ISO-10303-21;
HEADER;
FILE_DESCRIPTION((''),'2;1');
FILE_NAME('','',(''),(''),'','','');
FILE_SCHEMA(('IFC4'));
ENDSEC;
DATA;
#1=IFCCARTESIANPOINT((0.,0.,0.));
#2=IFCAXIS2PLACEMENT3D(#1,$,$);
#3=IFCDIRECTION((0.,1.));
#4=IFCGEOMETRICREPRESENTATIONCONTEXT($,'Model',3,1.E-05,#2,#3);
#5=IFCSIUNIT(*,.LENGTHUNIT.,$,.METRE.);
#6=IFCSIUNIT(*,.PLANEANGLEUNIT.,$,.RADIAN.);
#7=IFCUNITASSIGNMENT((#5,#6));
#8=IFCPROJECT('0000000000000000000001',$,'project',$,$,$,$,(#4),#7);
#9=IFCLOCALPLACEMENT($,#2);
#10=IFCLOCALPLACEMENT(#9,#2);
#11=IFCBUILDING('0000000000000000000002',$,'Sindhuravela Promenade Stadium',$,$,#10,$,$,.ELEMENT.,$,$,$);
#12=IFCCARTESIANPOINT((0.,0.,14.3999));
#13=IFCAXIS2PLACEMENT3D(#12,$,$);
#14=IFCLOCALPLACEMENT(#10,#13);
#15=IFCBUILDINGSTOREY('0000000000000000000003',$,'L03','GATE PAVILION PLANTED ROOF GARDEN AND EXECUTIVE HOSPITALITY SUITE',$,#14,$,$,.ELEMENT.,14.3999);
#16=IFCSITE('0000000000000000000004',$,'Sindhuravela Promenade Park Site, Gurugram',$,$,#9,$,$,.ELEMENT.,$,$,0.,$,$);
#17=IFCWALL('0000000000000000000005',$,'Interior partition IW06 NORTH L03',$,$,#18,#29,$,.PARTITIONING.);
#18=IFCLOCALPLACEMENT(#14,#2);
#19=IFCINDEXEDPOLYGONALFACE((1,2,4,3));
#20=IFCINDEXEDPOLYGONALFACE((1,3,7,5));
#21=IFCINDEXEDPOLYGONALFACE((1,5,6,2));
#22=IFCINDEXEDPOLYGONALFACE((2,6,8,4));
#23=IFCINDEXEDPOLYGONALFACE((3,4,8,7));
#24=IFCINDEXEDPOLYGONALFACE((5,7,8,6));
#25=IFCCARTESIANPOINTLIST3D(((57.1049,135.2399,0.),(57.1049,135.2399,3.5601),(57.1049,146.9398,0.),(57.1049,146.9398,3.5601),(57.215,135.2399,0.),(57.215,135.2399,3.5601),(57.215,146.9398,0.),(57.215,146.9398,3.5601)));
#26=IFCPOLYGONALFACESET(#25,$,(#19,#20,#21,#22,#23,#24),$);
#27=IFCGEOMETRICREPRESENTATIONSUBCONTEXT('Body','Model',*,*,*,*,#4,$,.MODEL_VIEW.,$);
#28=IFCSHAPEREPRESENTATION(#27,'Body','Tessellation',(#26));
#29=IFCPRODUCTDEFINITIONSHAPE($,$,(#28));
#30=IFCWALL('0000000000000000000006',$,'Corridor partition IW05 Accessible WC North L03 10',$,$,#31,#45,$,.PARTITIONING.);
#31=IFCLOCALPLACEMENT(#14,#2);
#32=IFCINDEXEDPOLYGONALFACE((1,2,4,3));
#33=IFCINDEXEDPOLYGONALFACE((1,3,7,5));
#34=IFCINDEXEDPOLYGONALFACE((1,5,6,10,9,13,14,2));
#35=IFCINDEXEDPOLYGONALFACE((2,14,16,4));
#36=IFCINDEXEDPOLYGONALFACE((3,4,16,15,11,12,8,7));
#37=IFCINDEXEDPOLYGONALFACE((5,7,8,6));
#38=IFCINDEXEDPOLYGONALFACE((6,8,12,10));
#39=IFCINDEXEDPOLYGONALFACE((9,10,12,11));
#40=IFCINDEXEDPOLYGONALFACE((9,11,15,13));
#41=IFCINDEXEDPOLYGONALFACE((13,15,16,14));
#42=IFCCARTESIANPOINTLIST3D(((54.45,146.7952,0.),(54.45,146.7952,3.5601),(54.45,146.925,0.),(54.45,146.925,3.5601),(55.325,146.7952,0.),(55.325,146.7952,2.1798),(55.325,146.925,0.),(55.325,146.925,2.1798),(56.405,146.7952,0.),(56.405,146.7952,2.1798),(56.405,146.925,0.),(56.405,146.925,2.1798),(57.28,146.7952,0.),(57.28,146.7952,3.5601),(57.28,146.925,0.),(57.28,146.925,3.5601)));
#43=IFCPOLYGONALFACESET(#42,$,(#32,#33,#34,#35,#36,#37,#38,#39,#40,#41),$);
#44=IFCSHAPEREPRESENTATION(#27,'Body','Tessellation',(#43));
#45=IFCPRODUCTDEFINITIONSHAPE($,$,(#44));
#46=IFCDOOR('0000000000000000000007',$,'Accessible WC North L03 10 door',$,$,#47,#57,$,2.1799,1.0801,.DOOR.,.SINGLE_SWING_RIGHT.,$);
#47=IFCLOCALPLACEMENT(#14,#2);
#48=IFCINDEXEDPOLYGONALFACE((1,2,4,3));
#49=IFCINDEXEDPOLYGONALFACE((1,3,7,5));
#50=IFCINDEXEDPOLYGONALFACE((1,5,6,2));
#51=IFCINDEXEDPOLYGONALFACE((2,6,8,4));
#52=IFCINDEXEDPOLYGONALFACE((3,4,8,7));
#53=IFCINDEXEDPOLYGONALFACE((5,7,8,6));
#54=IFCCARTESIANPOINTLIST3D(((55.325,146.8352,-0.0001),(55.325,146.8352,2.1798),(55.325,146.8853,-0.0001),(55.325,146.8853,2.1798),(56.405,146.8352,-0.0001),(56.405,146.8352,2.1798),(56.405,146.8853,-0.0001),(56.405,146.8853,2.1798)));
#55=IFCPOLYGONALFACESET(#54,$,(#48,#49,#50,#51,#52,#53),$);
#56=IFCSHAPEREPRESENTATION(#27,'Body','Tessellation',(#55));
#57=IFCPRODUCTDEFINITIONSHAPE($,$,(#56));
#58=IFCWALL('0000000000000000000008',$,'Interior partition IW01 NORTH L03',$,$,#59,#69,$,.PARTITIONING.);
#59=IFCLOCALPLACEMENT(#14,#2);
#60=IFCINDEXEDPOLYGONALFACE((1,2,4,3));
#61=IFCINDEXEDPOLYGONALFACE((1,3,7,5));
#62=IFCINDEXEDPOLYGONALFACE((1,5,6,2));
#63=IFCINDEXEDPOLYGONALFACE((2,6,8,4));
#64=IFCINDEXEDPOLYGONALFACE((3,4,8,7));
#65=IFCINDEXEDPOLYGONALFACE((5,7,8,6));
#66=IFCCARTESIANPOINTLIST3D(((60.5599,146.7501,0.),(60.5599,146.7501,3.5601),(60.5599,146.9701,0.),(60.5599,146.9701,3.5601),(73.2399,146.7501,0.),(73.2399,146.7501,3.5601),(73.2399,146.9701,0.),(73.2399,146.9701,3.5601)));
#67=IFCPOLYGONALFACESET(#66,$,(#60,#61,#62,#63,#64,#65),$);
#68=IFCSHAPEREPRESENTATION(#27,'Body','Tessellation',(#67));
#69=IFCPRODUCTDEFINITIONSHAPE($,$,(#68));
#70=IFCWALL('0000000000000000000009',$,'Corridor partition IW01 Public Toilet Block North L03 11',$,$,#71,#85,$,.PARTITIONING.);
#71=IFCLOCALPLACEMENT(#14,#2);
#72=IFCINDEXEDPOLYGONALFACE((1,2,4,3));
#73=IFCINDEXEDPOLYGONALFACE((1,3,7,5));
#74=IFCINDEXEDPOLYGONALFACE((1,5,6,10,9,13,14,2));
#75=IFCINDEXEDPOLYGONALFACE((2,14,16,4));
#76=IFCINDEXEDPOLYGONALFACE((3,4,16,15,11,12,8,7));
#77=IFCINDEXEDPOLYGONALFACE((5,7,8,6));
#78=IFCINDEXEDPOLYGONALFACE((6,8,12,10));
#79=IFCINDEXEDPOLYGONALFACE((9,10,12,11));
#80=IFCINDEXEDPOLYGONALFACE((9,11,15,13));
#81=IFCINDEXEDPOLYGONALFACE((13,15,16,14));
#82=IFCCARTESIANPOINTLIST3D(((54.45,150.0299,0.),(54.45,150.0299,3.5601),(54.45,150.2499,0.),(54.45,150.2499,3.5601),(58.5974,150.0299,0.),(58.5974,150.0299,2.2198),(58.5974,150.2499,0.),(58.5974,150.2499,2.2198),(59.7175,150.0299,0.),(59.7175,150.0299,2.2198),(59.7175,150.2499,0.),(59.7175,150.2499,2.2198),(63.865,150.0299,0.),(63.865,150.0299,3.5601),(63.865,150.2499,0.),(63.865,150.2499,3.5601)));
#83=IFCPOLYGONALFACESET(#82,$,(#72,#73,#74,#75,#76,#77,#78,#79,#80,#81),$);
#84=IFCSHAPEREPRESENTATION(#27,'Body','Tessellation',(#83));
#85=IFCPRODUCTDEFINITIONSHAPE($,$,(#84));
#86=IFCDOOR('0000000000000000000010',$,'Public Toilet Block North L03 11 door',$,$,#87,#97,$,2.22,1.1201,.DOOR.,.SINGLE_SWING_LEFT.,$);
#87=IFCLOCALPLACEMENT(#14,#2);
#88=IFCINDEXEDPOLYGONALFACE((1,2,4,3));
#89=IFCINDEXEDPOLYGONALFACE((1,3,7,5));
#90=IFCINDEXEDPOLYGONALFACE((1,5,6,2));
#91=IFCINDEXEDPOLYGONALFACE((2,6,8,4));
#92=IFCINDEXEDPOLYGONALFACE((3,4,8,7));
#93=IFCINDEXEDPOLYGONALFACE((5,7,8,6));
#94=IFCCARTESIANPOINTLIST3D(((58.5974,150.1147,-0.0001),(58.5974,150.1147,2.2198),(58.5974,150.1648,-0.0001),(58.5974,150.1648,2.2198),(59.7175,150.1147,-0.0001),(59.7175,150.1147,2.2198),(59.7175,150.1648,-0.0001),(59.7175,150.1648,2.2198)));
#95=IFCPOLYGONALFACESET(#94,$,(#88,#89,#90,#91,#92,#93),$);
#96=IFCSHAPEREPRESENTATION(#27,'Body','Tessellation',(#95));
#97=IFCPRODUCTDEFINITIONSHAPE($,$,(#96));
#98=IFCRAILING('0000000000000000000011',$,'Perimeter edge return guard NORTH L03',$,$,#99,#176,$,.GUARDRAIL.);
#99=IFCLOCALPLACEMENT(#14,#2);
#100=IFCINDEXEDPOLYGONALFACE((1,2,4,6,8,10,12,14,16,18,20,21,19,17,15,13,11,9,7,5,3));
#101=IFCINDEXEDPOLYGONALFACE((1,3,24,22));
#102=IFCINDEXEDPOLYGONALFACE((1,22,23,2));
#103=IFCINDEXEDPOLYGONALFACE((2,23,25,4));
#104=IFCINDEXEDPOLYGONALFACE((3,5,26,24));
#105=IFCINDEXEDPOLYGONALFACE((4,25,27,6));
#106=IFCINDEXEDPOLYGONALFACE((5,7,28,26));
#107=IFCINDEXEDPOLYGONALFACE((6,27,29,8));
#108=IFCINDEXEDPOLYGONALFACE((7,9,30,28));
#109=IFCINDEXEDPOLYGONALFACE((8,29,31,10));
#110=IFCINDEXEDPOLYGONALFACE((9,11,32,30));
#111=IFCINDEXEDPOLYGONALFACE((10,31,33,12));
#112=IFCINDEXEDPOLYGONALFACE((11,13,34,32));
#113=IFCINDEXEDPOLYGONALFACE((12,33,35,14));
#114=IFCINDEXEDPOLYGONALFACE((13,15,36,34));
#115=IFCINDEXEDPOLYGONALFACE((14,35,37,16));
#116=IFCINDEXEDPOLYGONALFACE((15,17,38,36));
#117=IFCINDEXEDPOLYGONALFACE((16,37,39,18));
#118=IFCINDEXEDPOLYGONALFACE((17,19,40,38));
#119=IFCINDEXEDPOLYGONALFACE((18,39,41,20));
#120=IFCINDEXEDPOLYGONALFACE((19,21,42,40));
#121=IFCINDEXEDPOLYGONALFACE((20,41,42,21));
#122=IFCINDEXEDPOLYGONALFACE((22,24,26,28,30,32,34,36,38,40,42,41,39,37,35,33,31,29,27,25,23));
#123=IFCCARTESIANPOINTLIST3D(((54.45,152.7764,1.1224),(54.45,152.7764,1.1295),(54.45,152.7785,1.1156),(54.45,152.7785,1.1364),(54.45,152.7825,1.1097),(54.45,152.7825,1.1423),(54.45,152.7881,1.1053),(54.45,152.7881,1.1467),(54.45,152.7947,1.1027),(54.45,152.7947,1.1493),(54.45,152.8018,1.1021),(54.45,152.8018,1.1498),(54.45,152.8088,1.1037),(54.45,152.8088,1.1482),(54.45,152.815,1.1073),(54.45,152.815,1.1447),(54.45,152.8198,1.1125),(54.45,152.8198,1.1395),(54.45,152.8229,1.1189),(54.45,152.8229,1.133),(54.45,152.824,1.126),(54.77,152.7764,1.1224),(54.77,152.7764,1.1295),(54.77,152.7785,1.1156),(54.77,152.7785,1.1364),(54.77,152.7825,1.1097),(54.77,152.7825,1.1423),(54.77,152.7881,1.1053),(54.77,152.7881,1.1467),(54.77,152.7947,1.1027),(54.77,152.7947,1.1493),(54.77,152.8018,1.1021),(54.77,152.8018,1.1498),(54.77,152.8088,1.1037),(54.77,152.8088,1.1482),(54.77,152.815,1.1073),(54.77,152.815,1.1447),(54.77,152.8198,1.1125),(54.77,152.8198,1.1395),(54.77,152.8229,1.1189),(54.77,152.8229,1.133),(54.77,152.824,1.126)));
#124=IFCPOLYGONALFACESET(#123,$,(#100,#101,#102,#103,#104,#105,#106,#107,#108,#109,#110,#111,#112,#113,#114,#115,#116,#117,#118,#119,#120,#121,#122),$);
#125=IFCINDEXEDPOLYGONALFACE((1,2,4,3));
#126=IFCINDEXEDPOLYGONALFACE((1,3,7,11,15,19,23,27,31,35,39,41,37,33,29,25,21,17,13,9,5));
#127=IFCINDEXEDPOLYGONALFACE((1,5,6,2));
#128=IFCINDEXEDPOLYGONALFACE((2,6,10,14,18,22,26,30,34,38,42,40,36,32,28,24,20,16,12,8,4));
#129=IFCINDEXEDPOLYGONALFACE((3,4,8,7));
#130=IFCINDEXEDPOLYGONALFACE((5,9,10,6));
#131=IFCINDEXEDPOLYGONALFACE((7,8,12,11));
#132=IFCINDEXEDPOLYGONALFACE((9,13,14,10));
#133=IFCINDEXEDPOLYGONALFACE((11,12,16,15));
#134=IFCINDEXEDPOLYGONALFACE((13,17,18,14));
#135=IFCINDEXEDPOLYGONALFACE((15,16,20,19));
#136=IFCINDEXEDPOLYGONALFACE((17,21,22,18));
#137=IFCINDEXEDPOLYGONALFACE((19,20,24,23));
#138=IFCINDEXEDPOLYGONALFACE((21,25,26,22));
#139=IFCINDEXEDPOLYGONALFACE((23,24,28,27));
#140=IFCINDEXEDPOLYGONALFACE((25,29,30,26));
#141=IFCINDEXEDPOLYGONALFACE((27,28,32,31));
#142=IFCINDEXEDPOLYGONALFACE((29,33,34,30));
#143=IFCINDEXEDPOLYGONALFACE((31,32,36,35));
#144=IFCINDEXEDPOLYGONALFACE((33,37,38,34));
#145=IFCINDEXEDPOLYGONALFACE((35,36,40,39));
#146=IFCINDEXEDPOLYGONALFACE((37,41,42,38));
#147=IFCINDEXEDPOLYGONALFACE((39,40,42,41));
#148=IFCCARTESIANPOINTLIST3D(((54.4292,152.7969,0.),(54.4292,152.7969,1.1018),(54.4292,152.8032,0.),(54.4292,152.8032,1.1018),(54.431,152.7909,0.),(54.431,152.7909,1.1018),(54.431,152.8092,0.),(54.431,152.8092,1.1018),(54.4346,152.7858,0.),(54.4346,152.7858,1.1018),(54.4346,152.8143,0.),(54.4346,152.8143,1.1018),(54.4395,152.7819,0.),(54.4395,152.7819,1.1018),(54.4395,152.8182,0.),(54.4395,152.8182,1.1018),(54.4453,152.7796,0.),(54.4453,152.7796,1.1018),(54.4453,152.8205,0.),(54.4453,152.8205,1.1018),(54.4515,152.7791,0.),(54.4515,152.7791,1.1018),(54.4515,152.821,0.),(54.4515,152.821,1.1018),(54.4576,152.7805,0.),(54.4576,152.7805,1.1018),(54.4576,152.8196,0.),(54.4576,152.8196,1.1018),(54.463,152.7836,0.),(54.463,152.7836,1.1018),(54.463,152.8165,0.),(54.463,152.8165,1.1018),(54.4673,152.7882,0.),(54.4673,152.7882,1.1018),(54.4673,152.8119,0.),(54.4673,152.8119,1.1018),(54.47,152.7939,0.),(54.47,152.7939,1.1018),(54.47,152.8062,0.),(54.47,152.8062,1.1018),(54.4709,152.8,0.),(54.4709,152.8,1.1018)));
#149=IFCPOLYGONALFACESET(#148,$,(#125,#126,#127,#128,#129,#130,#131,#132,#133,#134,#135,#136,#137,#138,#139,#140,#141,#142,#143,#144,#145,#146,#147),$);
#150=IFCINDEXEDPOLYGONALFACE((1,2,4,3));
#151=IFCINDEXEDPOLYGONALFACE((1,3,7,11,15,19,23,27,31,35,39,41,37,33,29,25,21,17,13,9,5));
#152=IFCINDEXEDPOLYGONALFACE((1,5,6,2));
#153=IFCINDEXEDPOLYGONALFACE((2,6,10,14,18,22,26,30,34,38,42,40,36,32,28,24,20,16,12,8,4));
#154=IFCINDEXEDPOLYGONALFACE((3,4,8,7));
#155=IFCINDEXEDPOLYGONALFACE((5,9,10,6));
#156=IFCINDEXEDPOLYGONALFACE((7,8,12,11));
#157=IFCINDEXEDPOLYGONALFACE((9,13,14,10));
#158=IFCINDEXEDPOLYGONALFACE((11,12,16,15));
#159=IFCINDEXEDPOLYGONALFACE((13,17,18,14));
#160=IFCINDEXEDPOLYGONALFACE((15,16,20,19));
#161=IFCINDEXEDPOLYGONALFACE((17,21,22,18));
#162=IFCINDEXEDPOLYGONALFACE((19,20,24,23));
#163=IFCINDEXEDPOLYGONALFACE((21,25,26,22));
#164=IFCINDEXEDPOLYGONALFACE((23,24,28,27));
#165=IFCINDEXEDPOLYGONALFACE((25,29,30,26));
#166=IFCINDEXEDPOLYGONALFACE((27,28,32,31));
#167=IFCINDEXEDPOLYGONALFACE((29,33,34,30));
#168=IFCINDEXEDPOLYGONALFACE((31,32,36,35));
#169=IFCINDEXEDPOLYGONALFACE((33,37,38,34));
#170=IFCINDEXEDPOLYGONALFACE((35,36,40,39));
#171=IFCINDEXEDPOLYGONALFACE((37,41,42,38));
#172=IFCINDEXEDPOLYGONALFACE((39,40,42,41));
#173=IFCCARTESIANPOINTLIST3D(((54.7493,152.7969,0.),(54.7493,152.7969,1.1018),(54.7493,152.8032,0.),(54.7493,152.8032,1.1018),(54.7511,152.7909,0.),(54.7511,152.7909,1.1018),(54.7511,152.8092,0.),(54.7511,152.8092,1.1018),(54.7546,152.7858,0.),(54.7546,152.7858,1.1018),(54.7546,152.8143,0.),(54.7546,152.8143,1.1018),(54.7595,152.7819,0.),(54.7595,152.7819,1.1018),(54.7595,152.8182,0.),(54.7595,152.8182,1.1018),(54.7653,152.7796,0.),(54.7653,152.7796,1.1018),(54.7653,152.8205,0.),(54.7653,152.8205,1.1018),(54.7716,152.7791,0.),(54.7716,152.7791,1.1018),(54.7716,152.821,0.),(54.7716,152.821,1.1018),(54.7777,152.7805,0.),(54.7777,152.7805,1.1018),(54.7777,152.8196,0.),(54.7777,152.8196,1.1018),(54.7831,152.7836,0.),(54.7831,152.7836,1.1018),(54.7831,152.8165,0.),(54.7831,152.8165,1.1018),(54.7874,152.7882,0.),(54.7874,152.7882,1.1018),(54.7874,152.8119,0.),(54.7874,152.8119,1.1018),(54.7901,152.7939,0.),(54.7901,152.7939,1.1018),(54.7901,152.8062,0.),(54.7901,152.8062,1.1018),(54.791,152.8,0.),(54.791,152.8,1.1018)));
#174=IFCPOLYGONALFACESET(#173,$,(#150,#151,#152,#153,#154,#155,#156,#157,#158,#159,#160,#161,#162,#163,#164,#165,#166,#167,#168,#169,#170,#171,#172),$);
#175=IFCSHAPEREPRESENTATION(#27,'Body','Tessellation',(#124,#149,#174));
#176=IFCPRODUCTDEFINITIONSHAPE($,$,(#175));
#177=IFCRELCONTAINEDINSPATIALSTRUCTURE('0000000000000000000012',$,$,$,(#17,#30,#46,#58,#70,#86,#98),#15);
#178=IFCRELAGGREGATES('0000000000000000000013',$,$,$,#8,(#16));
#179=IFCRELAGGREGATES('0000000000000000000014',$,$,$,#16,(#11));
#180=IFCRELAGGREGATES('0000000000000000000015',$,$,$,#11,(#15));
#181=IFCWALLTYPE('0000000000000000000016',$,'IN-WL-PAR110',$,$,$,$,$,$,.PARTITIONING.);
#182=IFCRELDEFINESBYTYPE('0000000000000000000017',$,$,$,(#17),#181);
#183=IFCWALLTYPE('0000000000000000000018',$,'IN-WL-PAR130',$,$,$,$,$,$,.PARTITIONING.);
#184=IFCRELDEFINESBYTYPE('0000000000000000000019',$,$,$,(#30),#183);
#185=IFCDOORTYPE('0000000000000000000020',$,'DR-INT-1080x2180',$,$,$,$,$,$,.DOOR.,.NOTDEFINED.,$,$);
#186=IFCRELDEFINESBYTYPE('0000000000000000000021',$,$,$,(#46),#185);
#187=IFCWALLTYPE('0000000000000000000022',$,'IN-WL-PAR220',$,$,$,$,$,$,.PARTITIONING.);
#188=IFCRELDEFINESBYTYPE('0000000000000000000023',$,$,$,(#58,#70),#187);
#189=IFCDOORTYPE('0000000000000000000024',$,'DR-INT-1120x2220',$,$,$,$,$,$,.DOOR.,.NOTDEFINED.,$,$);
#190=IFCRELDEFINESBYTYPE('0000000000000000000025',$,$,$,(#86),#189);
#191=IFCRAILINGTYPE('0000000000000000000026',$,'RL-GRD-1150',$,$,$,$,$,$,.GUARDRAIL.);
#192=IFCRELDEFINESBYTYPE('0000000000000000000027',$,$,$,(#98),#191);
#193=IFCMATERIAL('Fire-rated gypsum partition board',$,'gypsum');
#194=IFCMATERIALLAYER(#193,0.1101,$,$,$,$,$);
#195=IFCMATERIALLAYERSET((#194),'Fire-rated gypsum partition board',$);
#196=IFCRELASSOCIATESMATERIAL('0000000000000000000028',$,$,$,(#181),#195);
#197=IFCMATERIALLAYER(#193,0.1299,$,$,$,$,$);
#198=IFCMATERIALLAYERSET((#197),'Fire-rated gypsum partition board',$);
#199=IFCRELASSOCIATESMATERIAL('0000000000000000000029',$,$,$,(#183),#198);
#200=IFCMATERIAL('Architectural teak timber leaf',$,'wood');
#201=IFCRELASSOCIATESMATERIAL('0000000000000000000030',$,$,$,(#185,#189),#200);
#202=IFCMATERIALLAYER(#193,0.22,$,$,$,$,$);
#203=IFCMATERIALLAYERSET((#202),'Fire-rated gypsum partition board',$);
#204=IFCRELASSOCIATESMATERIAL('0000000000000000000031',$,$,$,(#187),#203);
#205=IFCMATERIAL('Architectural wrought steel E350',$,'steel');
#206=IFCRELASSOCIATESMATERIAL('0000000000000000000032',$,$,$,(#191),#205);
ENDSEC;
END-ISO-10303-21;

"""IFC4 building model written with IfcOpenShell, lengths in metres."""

from ifc_helpers import new_model, si_unit, direction, frame, frame_2d, origin, origin_2d, place, context, subcontext, project, spatial, rectangle, circle, extrude, material, layer, layer_set, type_object, element, fill, save


model = new_model("IFC4")

# Units and contexts
model_context = context("Model", 3, precision=1e-05, world=origin(), true_north=direction((0.0, 1.0)))
body_context = subcontext(model_context, "Body", "Model", "MODEL_VIEW")
ifc_project = project(units=[si_unit("LENGTHUNIT", "METRE"), si_unit("PLANEANGLEUNIT", "RADIAN")], contexts=[model_context])

# Site, building, storey
site_placement = place(None, origin())
site = spatial("IfcSite", under=ifc_project, at=site_placement, Name="Sindhuravela Promenade Park Site, Gurugram", CompositionType="ELEMENT", RefElevation=0.0)
building_placement = place(site_placement, origin())
building = spatial("IfcBuilding", under=site, at=building_placement, Name="Sindhuravela Promenade Stadium", CompositionType="ELEMENT")
storey_placement = place(building_placement, frame((0.0, 0.0, 14.3999)))
storey = spatial("IfcBuildingStorey", under=building, at=storey_placement, Name="L03", Description="GATE PAVILION PLANTED ROOF GARDEN AND EXECUTIVE HOSPITALITY SUITE", CompositionType="ELEMENT", Elevation=14.3999)

# Wall
ifc_material_1 = material(Name="Fire-rated gypsum partition board", Category="gypsum")
ifc_layer_1 = layer(ifc_material_1, 0.1101)
ifc_layer_set_1 = layer_set([ifc_layer_1], Name="Fire-rated gypsum partition board")
wall_type_1 = type_object("IfcWallType", Name="IN-WL-PAR110", PredefinedType="PARTITIONING", material=ifc_layer_set_1)
wall_1_placement = place(storey_placement, frame((57.1599, 146.9399, 0.0), z_axis=(0.0, 0.0, 1.0), x_axis=(0.0, -1.0, 0.0)))
element("IfcWall", 1, at=wall_1_placement, inside=storey, type_object=wall_type_1, Name="Interior partition IW06 NORTH L03", PredefinedType="PARTITIONING", context=body_context, shape_type="SweptSolid", body=[
    extrude(rectangle(XDim=11.7, YDim=0.1101, at=frame_2d((5.8501, 0.0))), origin(), (0.0, 0.0, 1.0), 3.5601),
])

# Wall, opening, door
ifc_layer_2 = layer(ifc_material_1, 0.1299)
ifc_layer_set_2 = layer_set([ifc_layer_2], Name="Fire-rated gypsum partition board")
wall_type_2 = type_object("IfcWallType", Name="IN-WL-PAR130", PredefinedType="PARTITIONING", material=ifc_layer_set_2)
wall_2_placement = place(storey_placement, frame((57.28, 146.8601, 0.0), z_axis=(0.0, 0.0, 1.0), x_axis=(-1.0, 0.0, 0.0)))
wall_2 = element("IfcWall", 2, at=wall_2_placement, inside=storey, type_object=wall_type_2, Name="Corridor partition IW05 Accessible WC North L03 10", PredefinedType="PARTITIONING", context=body_context, shape_type="SweptSolid", body=[
    extrude(rectangle(XDim=2.8301, YDim=0.1299, at=frame_2d((1.415, 0.0))), origin(), (0.0, 0.0, 1.0), 3.5601),
])
opening_1_placement = place(wall_2_placement, frame((0.875, 0.0, 0.0)))
opening_1 = element("IfcOpeningElement", 3, at=opening_1_placement, cuts=wall_2, PredefinedType="OPENING", context=body_context, shape_type="SweptSolid", body=[
    extrude(rectangle(XDim=1.0801, YDim=2.1799, at=frame_2d((0.54, 1.0898))), frame((0.0, 0.075, 0.0), z_axis=(0.0, -1.0, 0.0), x_axis=(1.0, 0.0, 0.0)), (0.0, 0.0, 1.0), 0.1499),
])
ifc_material_2 = material(Name="Architectural teak timber leaf", Category="wood")
door_type_1 = type_object("IfcDoorType", Name="DR-INT-1080x2180", OperationType="NOTDEFINED", PredefinedType="DOOR", material=ifc_material_2)
door_1_placement = place(opening_1_placement, origin())
door_1 = element("IfcDoor", 4, at=door_1_placement, inside=storey, type_object=door_type_1, Name="Accessible WC North L03 10 door", OperationType="SINGLE_SWING_RIGHT", OverallHeight=2.1799, OverallWidth=1.0801, PredefinedType="DOOR", context=body_context, shape_type="SweptSolid", body=[
    extrude(rectangle(XDim=1.0801, YDim=2.1799, at=frame_2d((0.54, 1.0898))), frame((0.0, 0.0249, 0.0), z_axis=(0.0, -1.0, 0.0), x_axis=(1.0, 0.0, 0.0)), (0.0, 0.0, 1.0), 0.05),
])
fill(opening_1, door_1)

# Wall
ifc_layer_3 = layer(ifc_material_1, 0.22)
ifc_layer_set_3 = layer_set([ifc_layer_3], Name="Fire-rated gypsum partition board")
wall_type_3 = type_object("IfcWallType", Name="IN-WL-PAR220", PredefinedType="PARTITIONING", material=ifc_layer_set_3)
wall_3_placement = place(storey_placement, frame((60.5601, 146.8601, 0.0), z_axis=(0.0, 0.0, 1.0), x_axis=(1.0, 0.0, 0.0)))
element("IfcWall", 5, at=wall_3_placement, inside=storey, type_object=wall_type_3, Name="Interior partition IW01 NORTH L03", PredefinedType="PARTITIONING", context=body_context, shape_type="SweptSolid", body=[
    extrude(rectangle(XDim=12.6799, YDim=0.22, at=frame_2d((6.3398, 0.0))), origin(), (0.0, 0.0, 1.0), 3.5601),
])

# Wall, opening, door
wall_4_placement = place(storey_placement, frame((54.45, 150.1399, 0.0), z_axis=(0.0, 0.0, 1.0), x_axis=(1.0, 0.0, 0.0)))
wall_4 = element("IfcWall", 6, at=wall_4_placement, inside=storey, type_object=wall_type_3, Name="Corridor partition IW01 Public Toilet Block North L03 11", PredefinedType="PARTITIONING", context=body_context, shape_type="SweptSolid", body=[
    extrude(rectangle(XDim=9.415, YDim=0.22, at=frame_2d((4.7075, 0.0))), origin(), (0.0, 0.0, 1.0), 3.5601),
])
opening_2_placement = place(wall_4_placement, frame((4.1475, 0.0, 0.0)))
opening_2 = element("IfcOpeningElement", 7, at=opening_2_placement, cuts=wall_4, PredefinedType="OPENING", context=body_context, shape_type="SweptSolid", body=[
    extrude(rectangle(XDim=1.1201, YDim=2.22, at=frame_2d((0.5601, 1.1099))), frame((0.0, 0.1199, 0.0), z_axis=(0.0, -1.0, 0.0), x_axis=(1.0, 0.0, 0.0)), (0.0, 0.0, 1.0), 0.24),
])
door_type_2 = type_object("IfcDoorType", Name="DR-INT-1120x2220", OperationType="NOTDEFINED", PredefinedType="DOOR", material=ifc_material_2)
door_2_placement = place(opening_2_placement, origin())
door_2 = element("IfcDoor", 8, at=door_2_placement, inside=storey, type_object=door_type_2, Name="Public Toilet Block North L03 11 door", OperationType="SINGLE_SWING_LEFT", OverallHeight=2.22, OverallWidth=1.1201, PredefinedType="DOOR", context=body_context, shape_type="SweptSolid", body=[
    extrude(rectangle(XDim=1.1201, YDim=2.22, at=frame_2d((0.5601, 1.1099))), frame((0.0, 0.0249, 0.0), z_axis=(0.0, -1.0, 0.0), x_axis=(1.0, 0.0, 0.0)), (0.0, 0.0, 1.0), 0.05),
])
fill(opening_2, door_2)

# Railing
ifc_material_3 = material(Name="Architectural wrought steel E350", Category="steel")
railing_type = type_object("IfcRailingType", Name="RL-GRD-1150", PredefinedType="GUARDRAIL", material=ifc_material_3)
railing_1_placement = place(storey_placement, frame((54.45, 152.8, 0.0)))
element("IfcRailing", 9, at=railing_1_placement, inside=storey, type_object=railing_type, Name="Perimeter edge return guard NORTH L03", PredefinedType="GUARDRAIL", context=body_context, shape_type="SweptSolid", body=[
    extrude(circle(Radius=0.0239, at=origin_2d()), frame((0.0, 0.0, 1.126), z_axis=(1.0, 0.0, 0.0), x_axis=(0.0, 1.0, 0.0)), (0.0, 0.0, 1.0), 0.3201),
    extrude(circle(Radius=0.021, at=origin_2d()), origin(), (0.0, 0.0, 1.0), 1.1018),
    extrude(circle(Radius=0.021, at=origin_2d()), frame((0.3201, 0.0, 0.0)), (0.0, 0.0, 1.0), 1.1018),
])

save(model, "model.ifc")
